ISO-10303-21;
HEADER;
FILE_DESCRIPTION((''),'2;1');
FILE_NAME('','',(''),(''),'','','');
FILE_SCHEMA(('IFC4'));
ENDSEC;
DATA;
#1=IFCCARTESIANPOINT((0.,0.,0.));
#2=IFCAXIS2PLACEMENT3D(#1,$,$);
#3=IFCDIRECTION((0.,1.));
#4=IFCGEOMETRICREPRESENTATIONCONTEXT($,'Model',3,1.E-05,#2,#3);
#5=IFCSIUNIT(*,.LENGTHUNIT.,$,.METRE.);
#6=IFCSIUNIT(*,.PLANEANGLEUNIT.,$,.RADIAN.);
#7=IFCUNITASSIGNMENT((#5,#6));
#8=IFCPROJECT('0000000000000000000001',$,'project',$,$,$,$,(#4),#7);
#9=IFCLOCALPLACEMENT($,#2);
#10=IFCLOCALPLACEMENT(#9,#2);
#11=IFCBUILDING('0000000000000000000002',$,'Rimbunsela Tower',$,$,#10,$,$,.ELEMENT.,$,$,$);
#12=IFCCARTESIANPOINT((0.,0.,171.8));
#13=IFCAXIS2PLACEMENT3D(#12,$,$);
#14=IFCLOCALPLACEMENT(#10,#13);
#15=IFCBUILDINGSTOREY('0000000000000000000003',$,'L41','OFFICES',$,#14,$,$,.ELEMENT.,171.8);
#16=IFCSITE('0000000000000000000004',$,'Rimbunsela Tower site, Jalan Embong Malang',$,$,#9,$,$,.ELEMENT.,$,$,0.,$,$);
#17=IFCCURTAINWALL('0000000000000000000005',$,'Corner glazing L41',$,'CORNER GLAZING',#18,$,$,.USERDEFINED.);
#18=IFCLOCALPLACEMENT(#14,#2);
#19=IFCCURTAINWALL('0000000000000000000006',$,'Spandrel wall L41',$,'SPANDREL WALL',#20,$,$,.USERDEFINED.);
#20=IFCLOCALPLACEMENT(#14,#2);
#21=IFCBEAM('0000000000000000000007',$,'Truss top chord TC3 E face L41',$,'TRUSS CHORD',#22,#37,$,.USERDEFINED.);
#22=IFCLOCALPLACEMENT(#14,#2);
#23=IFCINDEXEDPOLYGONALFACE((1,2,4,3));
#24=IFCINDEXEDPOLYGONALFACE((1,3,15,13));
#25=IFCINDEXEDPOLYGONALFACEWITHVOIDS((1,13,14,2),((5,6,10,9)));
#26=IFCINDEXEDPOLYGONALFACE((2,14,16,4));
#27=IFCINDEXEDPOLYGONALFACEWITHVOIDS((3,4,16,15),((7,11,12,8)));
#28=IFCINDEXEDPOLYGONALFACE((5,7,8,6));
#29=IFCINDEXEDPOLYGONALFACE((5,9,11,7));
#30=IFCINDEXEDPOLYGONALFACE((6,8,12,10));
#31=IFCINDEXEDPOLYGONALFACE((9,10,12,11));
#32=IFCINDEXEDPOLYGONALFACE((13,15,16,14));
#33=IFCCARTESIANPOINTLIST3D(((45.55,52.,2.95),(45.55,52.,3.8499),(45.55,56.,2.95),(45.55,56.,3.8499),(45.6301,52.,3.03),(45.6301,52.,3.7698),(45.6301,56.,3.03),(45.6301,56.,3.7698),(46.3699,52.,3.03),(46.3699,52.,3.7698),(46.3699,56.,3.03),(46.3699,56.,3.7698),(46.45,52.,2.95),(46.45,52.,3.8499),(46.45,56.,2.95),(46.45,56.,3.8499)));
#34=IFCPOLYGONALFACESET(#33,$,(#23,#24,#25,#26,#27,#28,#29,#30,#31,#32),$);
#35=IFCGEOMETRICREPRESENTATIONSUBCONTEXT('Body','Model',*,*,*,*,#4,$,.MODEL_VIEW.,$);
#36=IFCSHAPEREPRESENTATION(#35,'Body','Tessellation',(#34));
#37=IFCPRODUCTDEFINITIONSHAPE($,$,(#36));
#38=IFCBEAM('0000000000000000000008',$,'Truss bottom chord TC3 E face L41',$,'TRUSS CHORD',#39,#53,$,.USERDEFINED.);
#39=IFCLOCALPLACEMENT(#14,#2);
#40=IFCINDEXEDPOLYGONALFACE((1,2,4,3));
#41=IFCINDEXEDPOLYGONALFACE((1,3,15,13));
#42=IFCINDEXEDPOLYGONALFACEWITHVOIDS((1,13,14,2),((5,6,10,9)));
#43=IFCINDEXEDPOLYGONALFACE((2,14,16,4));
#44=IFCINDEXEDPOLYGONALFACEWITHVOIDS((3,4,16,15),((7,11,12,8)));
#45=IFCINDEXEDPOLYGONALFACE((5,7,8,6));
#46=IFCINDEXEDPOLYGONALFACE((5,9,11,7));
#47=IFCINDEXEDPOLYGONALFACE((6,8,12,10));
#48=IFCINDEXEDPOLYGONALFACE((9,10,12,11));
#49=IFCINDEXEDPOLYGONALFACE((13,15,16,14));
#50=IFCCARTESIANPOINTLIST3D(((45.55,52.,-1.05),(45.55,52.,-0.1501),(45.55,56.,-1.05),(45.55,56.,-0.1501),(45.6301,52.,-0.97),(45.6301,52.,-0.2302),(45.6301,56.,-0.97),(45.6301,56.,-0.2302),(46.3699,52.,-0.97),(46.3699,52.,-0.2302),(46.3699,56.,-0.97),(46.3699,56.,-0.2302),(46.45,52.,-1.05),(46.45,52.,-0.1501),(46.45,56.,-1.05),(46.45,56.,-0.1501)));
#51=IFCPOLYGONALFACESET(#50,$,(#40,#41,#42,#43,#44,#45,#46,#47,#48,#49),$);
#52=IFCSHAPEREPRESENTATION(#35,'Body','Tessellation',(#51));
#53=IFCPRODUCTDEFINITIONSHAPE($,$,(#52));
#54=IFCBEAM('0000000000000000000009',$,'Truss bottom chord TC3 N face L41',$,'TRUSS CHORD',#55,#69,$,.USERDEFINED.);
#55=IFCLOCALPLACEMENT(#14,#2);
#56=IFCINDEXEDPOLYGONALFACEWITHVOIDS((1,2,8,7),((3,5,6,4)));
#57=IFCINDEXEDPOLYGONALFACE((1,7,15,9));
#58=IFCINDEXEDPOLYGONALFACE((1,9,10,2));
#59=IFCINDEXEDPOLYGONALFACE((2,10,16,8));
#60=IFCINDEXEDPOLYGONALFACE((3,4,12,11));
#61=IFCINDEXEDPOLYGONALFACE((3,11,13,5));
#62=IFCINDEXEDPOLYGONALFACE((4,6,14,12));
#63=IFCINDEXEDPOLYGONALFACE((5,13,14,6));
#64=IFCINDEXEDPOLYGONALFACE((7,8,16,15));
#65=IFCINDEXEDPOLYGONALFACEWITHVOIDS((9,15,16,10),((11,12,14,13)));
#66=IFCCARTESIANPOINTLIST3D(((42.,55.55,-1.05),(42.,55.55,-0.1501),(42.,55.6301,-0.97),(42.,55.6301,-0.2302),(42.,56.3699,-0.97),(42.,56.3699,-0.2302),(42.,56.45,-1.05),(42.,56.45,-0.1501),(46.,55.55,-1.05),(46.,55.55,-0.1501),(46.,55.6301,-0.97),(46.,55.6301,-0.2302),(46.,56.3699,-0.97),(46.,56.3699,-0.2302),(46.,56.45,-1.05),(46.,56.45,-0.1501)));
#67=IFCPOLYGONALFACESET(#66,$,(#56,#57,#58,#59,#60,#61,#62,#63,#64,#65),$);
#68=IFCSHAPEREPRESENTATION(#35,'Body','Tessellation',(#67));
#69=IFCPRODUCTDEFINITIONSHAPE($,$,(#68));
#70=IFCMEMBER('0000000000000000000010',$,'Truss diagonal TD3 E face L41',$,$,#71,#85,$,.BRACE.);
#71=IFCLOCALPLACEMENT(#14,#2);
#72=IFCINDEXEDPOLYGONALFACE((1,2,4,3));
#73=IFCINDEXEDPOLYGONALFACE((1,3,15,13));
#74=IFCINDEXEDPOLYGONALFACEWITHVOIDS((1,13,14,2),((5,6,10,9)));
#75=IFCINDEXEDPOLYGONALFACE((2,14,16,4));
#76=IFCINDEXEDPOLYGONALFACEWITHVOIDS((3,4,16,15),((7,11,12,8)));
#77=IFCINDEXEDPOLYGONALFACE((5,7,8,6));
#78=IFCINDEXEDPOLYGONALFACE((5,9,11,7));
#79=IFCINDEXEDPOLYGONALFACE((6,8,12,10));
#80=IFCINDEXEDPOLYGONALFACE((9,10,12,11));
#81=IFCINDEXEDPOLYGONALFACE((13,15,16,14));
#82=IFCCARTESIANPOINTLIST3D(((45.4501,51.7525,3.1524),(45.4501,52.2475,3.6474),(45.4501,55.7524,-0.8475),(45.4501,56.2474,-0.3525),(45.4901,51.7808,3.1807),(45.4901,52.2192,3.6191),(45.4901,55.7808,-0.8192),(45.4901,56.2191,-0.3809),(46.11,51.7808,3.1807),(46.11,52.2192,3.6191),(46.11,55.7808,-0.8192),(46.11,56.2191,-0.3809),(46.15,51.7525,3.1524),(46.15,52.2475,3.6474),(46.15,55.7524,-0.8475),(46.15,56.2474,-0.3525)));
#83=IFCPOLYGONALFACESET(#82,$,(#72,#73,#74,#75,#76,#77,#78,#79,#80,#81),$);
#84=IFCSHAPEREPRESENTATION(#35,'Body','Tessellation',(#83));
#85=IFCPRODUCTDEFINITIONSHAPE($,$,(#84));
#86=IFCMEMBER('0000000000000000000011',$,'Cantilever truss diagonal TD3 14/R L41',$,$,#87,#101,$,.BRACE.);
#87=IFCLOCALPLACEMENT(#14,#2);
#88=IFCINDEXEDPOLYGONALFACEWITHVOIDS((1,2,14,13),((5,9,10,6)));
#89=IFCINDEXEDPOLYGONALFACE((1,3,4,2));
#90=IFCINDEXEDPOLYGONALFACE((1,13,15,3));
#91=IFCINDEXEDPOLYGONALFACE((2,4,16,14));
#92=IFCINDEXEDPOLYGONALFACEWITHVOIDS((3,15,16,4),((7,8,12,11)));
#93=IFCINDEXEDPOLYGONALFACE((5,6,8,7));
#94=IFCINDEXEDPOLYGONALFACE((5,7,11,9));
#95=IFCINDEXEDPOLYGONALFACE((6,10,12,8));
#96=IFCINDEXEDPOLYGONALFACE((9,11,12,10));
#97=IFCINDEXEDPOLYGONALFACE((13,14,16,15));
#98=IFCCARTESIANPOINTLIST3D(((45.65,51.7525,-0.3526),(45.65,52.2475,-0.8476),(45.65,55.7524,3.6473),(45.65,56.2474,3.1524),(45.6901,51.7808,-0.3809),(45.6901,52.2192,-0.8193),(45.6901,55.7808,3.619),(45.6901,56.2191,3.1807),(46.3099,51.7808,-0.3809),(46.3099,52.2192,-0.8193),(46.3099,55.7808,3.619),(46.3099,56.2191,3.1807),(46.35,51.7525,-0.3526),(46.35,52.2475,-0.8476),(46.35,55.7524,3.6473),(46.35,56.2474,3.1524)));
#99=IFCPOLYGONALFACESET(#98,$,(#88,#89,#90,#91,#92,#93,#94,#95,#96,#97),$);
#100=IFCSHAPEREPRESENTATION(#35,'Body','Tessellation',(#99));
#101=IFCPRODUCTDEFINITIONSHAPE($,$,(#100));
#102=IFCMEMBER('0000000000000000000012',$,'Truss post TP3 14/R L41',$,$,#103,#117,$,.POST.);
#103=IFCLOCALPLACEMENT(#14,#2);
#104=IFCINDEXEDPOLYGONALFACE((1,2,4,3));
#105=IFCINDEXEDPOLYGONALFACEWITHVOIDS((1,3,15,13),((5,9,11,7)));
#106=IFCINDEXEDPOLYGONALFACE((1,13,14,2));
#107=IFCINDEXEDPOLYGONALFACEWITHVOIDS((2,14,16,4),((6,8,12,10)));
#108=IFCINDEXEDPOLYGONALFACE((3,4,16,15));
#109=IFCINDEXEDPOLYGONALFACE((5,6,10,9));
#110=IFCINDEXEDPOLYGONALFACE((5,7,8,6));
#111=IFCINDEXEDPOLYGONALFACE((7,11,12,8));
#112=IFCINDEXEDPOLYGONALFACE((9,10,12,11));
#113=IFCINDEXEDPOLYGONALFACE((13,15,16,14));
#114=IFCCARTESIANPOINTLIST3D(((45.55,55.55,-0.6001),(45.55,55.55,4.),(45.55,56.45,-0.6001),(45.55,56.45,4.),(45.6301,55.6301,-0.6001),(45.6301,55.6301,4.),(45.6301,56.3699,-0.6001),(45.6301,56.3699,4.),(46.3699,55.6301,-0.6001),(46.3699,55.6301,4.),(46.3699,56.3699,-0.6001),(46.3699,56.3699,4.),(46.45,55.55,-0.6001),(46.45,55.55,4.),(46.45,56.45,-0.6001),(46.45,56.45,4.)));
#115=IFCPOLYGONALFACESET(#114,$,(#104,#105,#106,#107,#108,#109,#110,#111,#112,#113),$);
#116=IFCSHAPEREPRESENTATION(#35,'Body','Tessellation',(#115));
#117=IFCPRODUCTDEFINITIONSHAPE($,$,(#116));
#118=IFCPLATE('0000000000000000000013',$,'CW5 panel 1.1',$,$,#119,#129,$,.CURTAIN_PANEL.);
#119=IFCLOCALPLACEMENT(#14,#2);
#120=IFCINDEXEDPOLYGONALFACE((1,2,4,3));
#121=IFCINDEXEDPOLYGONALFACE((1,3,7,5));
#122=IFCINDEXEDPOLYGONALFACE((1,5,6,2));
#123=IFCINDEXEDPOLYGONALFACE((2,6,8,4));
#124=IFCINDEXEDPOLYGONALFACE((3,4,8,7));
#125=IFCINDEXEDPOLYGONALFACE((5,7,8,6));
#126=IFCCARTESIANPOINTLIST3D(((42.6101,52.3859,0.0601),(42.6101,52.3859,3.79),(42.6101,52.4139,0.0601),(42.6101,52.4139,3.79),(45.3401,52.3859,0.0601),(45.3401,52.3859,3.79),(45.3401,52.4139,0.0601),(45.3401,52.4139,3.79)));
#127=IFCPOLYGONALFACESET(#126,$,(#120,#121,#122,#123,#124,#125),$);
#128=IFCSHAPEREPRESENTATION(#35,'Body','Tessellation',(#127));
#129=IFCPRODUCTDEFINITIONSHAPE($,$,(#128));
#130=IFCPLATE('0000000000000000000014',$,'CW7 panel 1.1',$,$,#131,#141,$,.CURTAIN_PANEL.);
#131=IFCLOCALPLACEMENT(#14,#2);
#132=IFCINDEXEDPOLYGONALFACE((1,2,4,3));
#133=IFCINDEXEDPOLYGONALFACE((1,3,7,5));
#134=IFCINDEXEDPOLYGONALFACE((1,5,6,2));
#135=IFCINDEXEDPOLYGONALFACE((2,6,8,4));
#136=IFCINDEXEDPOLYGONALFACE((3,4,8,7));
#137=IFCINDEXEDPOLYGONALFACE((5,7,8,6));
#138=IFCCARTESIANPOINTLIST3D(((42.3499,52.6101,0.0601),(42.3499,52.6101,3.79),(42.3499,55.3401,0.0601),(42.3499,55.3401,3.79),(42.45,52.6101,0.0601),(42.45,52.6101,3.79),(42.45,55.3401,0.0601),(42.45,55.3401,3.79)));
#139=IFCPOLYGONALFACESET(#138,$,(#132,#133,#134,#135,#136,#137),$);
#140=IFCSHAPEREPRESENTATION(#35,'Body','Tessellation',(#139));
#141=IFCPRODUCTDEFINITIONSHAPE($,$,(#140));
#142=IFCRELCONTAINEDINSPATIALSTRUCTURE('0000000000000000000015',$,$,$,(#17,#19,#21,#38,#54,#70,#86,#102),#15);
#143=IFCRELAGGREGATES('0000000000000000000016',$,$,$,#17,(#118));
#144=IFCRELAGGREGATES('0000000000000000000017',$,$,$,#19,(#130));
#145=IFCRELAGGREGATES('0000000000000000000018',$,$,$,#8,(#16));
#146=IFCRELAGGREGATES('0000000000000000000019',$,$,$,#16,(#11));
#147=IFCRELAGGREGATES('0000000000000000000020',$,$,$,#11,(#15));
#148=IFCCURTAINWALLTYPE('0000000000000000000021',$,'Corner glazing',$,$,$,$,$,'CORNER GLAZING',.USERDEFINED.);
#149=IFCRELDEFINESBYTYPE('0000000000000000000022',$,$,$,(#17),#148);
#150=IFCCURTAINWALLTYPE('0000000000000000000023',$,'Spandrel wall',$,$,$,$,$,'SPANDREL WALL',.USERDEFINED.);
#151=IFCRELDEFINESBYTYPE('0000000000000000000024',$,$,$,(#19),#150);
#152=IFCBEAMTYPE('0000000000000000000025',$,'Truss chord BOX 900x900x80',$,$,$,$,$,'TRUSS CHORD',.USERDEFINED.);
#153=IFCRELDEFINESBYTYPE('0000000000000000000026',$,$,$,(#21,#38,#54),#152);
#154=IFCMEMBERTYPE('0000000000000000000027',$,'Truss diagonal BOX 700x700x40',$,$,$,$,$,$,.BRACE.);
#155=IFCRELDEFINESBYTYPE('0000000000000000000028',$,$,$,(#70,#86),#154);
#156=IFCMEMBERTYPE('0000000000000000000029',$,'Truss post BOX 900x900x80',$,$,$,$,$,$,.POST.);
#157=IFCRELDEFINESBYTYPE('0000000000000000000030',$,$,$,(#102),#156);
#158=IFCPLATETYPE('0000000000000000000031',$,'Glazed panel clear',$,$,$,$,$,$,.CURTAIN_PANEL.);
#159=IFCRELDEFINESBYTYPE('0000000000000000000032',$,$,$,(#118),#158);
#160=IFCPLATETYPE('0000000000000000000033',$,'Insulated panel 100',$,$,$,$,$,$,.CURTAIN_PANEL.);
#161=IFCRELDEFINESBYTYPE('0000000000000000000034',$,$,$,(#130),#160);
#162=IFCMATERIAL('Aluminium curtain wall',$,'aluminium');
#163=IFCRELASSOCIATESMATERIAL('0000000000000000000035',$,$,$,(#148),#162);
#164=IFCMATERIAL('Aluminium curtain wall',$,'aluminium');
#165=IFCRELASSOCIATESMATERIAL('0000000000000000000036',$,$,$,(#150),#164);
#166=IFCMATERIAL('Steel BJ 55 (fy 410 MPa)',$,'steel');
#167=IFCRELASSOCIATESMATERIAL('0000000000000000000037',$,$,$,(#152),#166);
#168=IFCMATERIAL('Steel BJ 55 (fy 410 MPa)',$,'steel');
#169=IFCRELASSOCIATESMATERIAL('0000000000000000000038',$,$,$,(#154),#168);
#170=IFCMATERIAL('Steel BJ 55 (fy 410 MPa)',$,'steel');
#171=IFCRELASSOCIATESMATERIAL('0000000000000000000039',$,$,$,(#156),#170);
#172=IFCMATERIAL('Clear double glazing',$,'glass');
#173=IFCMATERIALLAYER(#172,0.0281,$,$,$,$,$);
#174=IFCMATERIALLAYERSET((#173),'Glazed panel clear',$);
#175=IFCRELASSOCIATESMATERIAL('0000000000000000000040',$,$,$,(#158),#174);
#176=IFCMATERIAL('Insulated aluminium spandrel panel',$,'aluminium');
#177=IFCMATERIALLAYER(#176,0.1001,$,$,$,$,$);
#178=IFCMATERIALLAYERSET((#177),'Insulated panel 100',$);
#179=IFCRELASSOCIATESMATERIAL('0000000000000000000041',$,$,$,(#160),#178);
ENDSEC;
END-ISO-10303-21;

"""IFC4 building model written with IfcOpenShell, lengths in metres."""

from ifc_helpers import new_model, si_unit, direction, frame, origin, origin_2d, place, context, subcontext, project, spatial, rectangle, hollow_rectangle, extrude, material, layer, layer_set, material_profile, profile_set, type_object, element, aggregate, save


model = new_model("IFC4")

# Units and contexts
model_context = context("Model", 3, precision=1e-05, world=origin(), true_north=direction((0.0, 1.0)))
body_context = subcontext(model_context, "Body", "Model", "MODEL_VIEW")
ifc_project = project(units=[si_unit("LENGTHUNIT", "METRE"), si_unit("PLANEANGLEUNIT", "RADIAN")], contexts=[model_context])

# Site, building, storey
site_placement = place(None, origin())
site = spatial("IfcSite", under=ifc_project, at=site_placement, Name="Rimbunsela Tower site, Jalan Embong Malang", CompositionType="ELEMENT", RefElevation=0.0)
building_placement = place(site_placement, origin())
building = spatial("IfcBuilding", under=site, at=building_placement, Name="Rimbunsela Tower", CompositionType="ELEMENT")
storey_placement = place(building_placement, frame((0.0, 0.0, 171.8)))
storey = spatial("IfcBuildingStorey", under=building, at=storey_placement, Name="L41", Description="OFFICES", CompositionType="ELEMENT", Elevation=171.8)

# Curtain walls
ifc_material_1 = material(Name="Aluminium curtain wall", Category="aluminium")
curtain_wall_type_1 = type_object("IfcCurtainWallType", Name="Corner glazing", ElementType="CORNER GLAZING", PredefinedType="USERDEFINED", material=ifc_material_1)
curtain_wall_1_placement = place(storey_placement, origin())
curtain_wall_1 = element("IfcCurtainWall", 1, at=curtain_wall_1_placement, inside=storey, type_object=curtain_wall_type_1, Name="Corner glazing L41", ObjectType="CORNER GLAZING", PredefinedType="USERDEFINED")
ifc_material_2 = material(Name="Aluminium curtain wall", Category="aluminium")
curtain_wall_type_2 = type_object("IfcCurtainWallType", Name="Spandrel wall", ElementType="SPANDREL WALL", PredefinedType="USERDEFINED", material=ifc_material_2)
curtain_wall_2_placement = place(storey_placement, origin())
curtain_wall_2 = element("IfcCurtainWall", 2, at=curtain_wall_2_placement, inside=storey, type_object=curtain_wall_type_2, Name="Spandrel wall L41", ObjectType="SPANDREL WALL", PredefinedType="USERDEFINED")

# Beams
ifc_material_3 = material(Name="Steel BJ 55 (fy 410 MPa)", Category="steel")
ifc_material_profile_1 = material_profile(ifc_material_3, hollow_rectangle(XDim=0.8999, YDim=0.8999, WallThickness=0.0801, at=origin_2d()), Name="BOX 900x900x80")
ifc_profile_set_1 = profile_set([ifc_material_profile_1], Name="Steel BJ 55 (fy 410 MPa)")
beam_type = type_object("IfcBeamType", Name="Truss chord BOX 900x900x80", ElementType="TRUSS CHORD", PredefinedType="USERDEFINED", material=ifc_profile_set_1)
for number, where, z_axis, x_axis, name in (
    (3, (46.0, 52.0, 3.3999), (0.0, 1.0, 0.0), (-1.0, 0.0, 0.0), "Truss top chord TC3 E face L41"),
    (4, (46.0, 52.0, -0.6001), (0.0, 1.0, 0.0), (-1.0, 0.0, 0.0), "Truss bottom chord TC3 E face L41"),
    (5, (42.0, 56.0, -0.6001), (1.0, 0.0, 0.0), (0.0, 1.0, 0.0), "Truss bottom chord TC3 N face L41"),
):
    element("IfcBeam", number, at=place(storey_placement, frame(where, z_axis=z_axis, x_axis=x_axis)), inside=storey, type_object=beam_type, Name=name, ObjectType="TRUSS CHORD", PredefinedType="USERDEFINED", context=body_context, shape_type="SweptSolid", body=[
        extrude(hollow_rectangle(XDim=0.8999, YDim=0.8999, WallThickness=0.0801, at=origin_2d()), origin(), (0.0, 0.0, 1.0), 4.0),
    ])

# Members
ifc_material_4 = material(Name="Steel BJ 55 (fy 410 MPa)", Category="steel")
ifc_material_profile_2 = material_profile(ifc_material_4, hollow_rectangle(XDim=0.7, YDim=0.7, WallThickness=0.04, at=origin_2d()), Name="BOX 700x700x40")
ifc_profile_set_2 = profile_set([ifc_material_profile_2], Name="Steel BJ 55 (fy 410 MPa)")
member_type_1 = type_object("IfcMemberType", Name="Truss diagonal BOX 700x700x40", PredefinedType="BRACE", material=ifc_profile_set_2)
for number, where, z_axis, x_axis, name in (
    (6, (45.8, 52.0, 3.3999), (0.0, 0.707107, -0.707107), (-1.0, 0.0, 0.0), "Truss diagonal TD3 E face L41"),
    (7, (46.0, 52.0, -0.6001), (0.0, 0.707107, 0.707107), (-1.0, 0.0, 0.0), "Cantilever truss diagonal TD3 14/R L41"),
):
    element("IfcMember", number, at=place(storey_placement, frame(where, z_axis=z_axis, x_axis=x_axis)), inside=storey, type_object=member_type_1, Name=name, PredefinedType="BRACE", context=body_context, shape_type="SweptSolid", body=[
        extrude(hollow_rectangle(XDim=0.7, YDim=0.7, WallThickness=0.04, at=origin_2d()), origin(), (0.0, 0.0, 1.0), 5.6567),
    ])
ifc_material_5 = material(Name="Steel BJ 55 (fy 410 MPa)", Category="steel")
ifc_material_profile_3 = material_profile(ifc_material_5, hollow_rectangle(XDim=0.8999, YDim=0.8999, WallThickness=0.0801, at=origin_2d()), Name="BOX 900x900x80")
ifc_profile_set_3 = profile_set([ifc_material_profile_3], Name="Steel BJ 55 (fy 410 MPa)")
member_type_2 = type_object("IfcMemberType", Name="Truss post BOX 900x900x80", PredefinedType="POST", material=ifc_profile_set_3)
member_1_placement = place(storey_placement, frame((46.0, 56.0, -0.6001), z_axis=(0.0, 0.0, 1.0), x_axis=(1.0, 0.0, 0.0)))
element("IfcMember", 8, at=member_1_placement, inside=storey, type_object=member_type_2, Name="Truss post TP3 14/R L41", PredefinedType="POST", context=body_context, shape_type="SweptSolid", body=[
    extrude(hollow_rectangle(XDim=0.8999, YDim=0.8999, WallThickness=0.0801, at=origin_2d()), origin(), (0.0, 0.0, 1.0), 4.6001),
])

# Plates
ifc_material_6 = material(Name="Clear double glazing", Category="glass")
ifc_layer_1 = layer(ifc_material_6, 0.0281)
ifc_layer_set_1 = layer_set([ifc_layer_1], Name="Glazed panel clear")
plate_type_1 = type_object("IfcPlateType", Name="Glazed panel clear", PredefinedType="CURTAIN_PANEL", material=ifc_layer_set_1)
plate_1_placement = place(storey_placement, frame((43.9751, 52.3999, 0.0601), z_axis=(0.0, 0.0, 1.0), x_axis=(-1.0, 0.0, 0.0)))
plate_1 = element("IfcPlate", 9, at=plate_1_placement, type_object=plate_type_1, Name="CW5 panel 1.1", PredefinedType="CURTAIN_PANEL", context=body_context, shape_type="SweptSolid", body=[
    extrude(rectangle(XDim=2.73, YDim=0.0281, at=origin_2d()), origin(), (0.0, 0.0, 1.0), 3.73),
])
aggregate(curtain_wall_1, [plate_1])
ifc_material_7 = material(Name="Insulated aluminium spandrel panel", Category="aluminium")
ifc_layer_2 = layer(ifc_material_7, 0.1001)
ifc_layer_set_2 = layer_set([ifc_layer_2], Name="Insulated panel 100")
plate_type_2 = type_object("IfcPlateType", Name="Insulated panel 100", PredefinedType="CURTAIN_PANEL", material=ifc_layer_set_2)
plate_2_placement = place(storey_placement, frame((42.3999, 53.9751, 0.0601), z_axis=(0.0, 0.0, 1.0), x_axis=(0.0, 1.0, 0.0)))
plate_2 = element("IfcPlate", 10, at=plate_2_placement, type_object=plate_type_2, Name="CW7 panel 1.1", PredefinedType="CURTAIN_PANEL", context=body_context, shape_type="SweptSolid", body=[
    extrude(rectangle(XDim=2.73, YDim=0.1001, at=origin_2d()), origin(), (0.0, 0.0, 1.0), 3.73),
])
aggregate(curtain_wall_2, [plate_2])

save(model, "model.ifc")
